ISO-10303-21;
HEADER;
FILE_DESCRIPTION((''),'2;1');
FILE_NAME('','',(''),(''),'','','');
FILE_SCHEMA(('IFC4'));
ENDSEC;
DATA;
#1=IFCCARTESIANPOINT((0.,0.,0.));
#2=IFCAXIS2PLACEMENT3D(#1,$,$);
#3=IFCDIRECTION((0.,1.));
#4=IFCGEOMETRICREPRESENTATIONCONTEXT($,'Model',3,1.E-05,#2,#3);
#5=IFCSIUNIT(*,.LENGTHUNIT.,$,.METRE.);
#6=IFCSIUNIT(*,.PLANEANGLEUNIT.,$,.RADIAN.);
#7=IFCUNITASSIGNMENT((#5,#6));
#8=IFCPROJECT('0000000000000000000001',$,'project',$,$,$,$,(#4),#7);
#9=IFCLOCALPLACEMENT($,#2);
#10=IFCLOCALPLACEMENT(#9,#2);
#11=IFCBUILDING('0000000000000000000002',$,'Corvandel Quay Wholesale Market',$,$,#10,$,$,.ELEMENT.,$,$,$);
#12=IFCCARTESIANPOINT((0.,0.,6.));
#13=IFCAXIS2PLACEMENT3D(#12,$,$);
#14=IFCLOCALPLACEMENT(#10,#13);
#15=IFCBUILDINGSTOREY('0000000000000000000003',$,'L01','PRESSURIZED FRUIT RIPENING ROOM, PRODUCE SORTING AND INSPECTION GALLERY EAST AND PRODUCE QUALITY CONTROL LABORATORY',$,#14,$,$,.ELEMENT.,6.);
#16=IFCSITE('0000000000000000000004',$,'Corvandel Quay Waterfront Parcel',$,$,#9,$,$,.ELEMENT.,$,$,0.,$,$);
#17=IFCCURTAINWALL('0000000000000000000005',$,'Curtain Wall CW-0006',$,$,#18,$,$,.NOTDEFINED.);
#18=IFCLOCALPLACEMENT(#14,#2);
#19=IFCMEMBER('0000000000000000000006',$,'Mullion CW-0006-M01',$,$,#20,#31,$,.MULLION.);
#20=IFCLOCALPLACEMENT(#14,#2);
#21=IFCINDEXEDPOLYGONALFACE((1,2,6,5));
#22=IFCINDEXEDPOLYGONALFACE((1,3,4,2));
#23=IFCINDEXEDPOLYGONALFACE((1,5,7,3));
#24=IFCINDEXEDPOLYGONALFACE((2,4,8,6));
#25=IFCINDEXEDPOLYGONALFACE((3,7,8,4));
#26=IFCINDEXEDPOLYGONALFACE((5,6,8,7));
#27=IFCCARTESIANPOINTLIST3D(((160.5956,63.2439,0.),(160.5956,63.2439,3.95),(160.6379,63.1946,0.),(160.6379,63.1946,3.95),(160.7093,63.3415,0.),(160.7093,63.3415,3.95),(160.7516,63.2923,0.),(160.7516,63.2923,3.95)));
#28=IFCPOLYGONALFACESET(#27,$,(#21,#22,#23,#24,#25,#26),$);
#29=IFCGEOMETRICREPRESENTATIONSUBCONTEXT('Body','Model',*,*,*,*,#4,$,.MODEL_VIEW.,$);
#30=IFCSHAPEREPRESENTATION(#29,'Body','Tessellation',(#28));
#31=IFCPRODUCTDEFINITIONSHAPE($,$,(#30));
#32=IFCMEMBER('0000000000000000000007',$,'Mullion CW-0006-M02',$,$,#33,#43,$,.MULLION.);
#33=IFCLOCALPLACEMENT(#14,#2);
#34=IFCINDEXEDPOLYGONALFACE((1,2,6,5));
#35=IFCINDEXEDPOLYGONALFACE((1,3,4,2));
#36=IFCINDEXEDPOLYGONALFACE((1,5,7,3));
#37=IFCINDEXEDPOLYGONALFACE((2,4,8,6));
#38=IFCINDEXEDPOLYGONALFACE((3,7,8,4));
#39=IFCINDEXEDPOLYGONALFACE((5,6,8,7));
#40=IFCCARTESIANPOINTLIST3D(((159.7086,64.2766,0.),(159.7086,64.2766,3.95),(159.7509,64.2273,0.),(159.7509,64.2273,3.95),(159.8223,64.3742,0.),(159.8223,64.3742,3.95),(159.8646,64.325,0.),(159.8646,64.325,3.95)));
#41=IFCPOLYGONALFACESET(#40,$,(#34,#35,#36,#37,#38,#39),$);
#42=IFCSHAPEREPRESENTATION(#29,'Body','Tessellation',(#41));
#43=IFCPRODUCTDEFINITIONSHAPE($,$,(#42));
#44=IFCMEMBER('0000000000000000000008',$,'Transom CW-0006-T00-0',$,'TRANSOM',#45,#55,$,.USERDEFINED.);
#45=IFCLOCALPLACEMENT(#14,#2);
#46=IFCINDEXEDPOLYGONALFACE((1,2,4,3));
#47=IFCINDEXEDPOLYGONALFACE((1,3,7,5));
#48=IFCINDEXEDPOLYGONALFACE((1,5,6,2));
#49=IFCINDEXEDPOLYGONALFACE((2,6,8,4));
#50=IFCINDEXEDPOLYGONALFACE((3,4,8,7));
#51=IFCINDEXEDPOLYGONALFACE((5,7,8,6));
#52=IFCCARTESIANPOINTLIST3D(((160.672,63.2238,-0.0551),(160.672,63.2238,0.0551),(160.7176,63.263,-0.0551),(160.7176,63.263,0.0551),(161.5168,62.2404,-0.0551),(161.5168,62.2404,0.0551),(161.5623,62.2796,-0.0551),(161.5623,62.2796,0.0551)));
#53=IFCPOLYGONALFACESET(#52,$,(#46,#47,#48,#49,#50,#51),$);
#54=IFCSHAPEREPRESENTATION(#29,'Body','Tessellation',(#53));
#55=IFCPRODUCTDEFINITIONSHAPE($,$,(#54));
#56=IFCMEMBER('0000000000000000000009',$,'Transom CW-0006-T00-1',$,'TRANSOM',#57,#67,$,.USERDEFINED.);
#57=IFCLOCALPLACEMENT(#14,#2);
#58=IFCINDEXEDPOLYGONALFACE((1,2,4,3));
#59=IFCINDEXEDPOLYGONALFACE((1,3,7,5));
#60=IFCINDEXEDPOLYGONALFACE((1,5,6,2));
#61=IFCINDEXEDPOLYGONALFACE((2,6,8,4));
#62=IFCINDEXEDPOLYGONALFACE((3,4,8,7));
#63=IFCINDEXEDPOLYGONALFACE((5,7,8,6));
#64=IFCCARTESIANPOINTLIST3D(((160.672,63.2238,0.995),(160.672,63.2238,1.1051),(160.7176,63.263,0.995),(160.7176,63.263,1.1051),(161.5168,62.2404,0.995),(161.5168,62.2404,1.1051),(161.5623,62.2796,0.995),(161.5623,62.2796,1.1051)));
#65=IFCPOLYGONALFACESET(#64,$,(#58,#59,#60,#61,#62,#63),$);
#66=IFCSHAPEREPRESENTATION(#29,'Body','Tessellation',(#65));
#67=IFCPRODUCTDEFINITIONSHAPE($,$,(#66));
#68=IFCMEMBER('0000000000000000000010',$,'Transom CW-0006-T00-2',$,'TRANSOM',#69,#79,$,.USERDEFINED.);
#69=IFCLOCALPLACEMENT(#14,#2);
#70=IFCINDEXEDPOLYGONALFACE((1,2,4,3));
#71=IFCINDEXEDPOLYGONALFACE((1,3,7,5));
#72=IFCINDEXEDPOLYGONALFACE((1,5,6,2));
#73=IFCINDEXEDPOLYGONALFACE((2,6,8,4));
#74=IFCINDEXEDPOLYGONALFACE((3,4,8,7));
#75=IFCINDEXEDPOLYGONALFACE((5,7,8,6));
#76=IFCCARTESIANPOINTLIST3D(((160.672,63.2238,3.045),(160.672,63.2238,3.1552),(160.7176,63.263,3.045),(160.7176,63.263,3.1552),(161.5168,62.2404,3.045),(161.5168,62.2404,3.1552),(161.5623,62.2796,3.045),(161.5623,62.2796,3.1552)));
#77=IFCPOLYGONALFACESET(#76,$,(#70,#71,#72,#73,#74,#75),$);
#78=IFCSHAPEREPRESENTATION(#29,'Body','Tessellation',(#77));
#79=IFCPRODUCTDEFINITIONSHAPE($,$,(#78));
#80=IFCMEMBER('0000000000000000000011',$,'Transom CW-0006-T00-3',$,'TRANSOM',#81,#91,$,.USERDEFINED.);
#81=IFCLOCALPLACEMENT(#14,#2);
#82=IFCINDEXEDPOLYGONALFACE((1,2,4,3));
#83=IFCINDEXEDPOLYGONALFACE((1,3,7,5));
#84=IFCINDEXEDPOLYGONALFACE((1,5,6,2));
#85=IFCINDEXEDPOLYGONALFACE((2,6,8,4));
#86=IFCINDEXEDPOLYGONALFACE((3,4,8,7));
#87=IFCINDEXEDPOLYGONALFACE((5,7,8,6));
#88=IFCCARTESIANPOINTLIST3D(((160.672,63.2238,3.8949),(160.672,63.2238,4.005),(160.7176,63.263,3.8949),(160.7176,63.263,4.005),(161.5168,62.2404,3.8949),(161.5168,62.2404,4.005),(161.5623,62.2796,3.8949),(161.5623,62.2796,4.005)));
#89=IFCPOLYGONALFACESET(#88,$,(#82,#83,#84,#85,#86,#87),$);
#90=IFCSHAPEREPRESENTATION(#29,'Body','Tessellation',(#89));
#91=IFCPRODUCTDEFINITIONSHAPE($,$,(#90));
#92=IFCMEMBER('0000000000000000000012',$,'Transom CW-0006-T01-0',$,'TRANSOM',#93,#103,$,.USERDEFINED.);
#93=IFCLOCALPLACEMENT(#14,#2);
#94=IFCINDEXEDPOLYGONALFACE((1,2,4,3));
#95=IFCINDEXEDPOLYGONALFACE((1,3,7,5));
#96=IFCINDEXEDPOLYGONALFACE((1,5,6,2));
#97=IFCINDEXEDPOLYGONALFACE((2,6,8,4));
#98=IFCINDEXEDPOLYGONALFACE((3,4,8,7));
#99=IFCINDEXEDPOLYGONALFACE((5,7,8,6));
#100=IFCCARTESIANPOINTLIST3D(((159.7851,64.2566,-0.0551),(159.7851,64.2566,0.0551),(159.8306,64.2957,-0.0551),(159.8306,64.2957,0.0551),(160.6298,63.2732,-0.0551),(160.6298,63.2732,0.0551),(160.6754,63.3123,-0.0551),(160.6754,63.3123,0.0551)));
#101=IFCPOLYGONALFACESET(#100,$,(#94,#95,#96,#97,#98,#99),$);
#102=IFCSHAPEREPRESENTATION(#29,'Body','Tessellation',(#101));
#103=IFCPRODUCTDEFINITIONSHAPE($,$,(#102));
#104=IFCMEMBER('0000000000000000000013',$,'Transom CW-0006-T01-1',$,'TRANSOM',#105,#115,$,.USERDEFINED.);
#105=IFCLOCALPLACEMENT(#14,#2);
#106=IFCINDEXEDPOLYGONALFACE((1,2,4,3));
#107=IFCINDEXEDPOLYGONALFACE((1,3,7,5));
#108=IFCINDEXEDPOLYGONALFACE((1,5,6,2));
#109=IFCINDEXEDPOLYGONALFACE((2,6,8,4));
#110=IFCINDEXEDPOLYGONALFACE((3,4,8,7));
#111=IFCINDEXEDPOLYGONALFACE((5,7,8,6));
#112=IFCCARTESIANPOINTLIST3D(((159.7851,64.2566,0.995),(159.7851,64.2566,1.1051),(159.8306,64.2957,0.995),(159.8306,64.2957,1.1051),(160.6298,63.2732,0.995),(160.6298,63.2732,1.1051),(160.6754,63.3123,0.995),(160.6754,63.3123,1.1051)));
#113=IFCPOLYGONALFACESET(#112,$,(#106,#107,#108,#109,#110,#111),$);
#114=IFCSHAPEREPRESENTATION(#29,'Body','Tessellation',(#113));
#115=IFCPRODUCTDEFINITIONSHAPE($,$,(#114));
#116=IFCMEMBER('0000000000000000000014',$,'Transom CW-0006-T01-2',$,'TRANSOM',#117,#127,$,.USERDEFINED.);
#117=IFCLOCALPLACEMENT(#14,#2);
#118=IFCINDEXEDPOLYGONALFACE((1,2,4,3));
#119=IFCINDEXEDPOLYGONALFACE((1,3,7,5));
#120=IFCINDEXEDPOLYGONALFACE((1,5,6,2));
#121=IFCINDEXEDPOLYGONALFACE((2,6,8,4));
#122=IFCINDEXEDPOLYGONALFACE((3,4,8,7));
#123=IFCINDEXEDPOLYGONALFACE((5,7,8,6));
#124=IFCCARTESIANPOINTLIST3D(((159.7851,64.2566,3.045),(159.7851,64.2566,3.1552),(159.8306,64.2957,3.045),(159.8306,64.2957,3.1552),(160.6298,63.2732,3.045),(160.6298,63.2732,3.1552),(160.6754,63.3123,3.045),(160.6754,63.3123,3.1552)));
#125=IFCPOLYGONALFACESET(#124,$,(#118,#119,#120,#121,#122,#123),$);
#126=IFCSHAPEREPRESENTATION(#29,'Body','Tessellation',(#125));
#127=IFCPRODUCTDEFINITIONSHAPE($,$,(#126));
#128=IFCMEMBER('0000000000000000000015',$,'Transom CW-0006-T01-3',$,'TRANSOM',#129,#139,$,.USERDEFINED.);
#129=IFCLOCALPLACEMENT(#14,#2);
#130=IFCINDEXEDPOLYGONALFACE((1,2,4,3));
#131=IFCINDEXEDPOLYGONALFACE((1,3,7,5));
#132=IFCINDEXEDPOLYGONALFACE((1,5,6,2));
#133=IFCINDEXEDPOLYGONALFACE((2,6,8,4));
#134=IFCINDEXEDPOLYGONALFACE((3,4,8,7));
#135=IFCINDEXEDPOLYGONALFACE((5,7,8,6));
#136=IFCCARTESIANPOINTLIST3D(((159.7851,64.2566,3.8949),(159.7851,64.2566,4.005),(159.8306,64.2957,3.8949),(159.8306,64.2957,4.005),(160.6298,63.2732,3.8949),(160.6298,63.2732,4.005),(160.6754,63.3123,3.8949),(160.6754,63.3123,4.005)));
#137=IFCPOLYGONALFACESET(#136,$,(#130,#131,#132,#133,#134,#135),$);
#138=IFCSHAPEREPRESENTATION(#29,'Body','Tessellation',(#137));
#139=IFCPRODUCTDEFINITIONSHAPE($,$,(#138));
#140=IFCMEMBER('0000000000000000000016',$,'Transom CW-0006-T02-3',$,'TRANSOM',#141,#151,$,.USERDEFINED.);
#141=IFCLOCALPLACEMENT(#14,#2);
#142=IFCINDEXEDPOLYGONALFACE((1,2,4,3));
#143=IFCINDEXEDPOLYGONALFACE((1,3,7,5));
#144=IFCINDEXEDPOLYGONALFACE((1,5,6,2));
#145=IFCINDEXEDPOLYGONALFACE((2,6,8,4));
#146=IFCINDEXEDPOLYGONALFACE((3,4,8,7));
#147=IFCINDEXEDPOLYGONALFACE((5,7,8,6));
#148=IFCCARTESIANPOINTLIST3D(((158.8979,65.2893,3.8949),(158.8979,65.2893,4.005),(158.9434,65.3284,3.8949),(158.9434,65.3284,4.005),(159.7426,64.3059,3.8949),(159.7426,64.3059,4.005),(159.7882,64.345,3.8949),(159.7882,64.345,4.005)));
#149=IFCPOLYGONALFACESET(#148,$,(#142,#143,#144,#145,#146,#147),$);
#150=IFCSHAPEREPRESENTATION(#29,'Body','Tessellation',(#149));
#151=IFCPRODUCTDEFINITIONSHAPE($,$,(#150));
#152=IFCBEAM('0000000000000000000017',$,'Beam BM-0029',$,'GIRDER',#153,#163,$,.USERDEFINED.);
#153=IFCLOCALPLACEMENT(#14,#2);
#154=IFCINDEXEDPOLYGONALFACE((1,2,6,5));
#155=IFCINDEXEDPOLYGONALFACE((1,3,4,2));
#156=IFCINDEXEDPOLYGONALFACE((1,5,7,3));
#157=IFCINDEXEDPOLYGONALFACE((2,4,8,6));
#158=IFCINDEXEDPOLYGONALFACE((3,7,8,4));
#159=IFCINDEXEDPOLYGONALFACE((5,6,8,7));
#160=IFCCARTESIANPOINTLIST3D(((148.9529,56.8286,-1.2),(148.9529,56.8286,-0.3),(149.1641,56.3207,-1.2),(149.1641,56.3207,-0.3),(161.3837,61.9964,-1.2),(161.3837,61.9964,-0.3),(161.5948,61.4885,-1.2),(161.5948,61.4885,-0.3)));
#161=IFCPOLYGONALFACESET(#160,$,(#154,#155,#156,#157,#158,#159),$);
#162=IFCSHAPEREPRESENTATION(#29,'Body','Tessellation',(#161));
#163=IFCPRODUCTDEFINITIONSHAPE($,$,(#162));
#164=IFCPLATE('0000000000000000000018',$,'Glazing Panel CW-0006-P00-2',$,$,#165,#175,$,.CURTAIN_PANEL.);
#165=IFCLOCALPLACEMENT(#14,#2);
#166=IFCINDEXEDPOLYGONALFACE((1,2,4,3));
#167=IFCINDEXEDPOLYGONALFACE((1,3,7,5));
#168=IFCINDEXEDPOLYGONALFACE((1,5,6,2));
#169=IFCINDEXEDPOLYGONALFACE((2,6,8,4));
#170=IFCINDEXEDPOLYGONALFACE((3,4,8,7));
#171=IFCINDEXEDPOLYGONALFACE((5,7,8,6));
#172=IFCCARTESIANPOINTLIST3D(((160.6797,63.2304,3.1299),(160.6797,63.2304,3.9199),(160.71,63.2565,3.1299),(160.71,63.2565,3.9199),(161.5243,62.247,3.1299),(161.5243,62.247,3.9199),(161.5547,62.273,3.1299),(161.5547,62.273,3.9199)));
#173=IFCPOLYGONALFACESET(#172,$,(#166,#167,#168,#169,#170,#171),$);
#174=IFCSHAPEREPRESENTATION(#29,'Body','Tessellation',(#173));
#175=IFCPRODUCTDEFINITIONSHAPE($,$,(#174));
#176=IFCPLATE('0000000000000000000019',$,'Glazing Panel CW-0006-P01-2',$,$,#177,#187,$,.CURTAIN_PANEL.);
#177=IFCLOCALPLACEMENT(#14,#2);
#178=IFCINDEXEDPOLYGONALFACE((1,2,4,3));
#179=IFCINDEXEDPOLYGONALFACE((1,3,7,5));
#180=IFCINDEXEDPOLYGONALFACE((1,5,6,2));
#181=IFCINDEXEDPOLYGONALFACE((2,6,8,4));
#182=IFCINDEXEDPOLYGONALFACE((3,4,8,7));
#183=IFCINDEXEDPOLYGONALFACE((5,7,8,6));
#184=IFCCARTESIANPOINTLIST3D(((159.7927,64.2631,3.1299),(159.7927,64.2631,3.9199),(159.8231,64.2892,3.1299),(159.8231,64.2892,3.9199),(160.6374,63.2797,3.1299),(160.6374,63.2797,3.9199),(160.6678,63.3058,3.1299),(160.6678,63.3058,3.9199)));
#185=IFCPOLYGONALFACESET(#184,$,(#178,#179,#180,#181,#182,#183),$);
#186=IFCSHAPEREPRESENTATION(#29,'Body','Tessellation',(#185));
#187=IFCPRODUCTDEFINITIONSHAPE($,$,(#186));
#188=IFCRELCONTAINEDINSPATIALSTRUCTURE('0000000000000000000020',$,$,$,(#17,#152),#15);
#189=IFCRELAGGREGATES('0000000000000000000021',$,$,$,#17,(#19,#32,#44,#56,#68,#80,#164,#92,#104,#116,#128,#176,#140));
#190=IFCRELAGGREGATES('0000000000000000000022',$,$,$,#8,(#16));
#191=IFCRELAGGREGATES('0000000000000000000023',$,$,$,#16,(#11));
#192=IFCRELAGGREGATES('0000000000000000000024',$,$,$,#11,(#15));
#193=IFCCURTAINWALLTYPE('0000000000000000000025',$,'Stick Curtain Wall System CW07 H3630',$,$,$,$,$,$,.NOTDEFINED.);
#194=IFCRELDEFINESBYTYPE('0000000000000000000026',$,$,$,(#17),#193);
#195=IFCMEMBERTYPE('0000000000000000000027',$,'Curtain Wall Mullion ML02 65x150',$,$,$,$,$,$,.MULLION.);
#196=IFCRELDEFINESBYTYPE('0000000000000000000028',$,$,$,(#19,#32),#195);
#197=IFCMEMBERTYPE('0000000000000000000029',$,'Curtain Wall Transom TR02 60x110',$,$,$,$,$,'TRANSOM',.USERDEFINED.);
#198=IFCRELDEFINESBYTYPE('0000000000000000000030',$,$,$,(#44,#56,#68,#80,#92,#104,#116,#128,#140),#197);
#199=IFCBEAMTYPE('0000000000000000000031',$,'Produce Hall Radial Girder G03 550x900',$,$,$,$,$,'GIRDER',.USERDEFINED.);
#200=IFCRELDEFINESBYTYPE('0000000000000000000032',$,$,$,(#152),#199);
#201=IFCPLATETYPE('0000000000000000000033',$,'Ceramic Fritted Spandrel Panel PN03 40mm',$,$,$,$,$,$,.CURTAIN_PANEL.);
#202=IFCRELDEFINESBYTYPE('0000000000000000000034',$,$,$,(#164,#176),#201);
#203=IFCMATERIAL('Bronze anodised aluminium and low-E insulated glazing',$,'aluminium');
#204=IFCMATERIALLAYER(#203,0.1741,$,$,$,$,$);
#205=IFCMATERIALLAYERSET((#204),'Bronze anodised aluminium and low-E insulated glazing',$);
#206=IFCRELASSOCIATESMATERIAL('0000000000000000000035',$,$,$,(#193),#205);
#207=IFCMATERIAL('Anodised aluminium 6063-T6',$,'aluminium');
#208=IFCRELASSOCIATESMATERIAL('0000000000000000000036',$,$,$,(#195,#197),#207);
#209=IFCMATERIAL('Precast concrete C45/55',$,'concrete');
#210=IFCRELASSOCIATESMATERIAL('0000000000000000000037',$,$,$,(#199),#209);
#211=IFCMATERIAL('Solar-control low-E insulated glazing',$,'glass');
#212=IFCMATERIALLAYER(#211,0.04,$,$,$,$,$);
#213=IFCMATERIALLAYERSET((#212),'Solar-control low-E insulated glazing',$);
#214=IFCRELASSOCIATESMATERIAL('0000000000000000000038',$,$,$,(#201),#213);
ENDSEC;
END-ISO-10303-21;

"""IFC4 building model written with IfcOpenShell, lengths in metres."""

from ifc_helpers import new_model, si_unit, direction, frame, origin, origin_2d, place, context, subcontext, project, spatial, rectangle, extrude, material, layer, layer_set, material_profile, profile_set, type_object, element, aggregate, save


model = new_model("IFC4")

# Units and contexts
model_context = context("Model", 3, precision=1e-05, world=origin(), true_north=direction((0.0, 1.0)))
body_context = subcontext(model_context, "Body", "Model", "MODEL_VIEW")
ifc_project = project(units=[si_unit("LENGTHUNIT", "METRE"), si_unit("PLANEANGLEUNIT", "RADIAN")], contexts=[model_context])

# Site, building, storey
site_placement = place(None, origin())
site = spatial("IfcSite", under=ifc_project, at=site_placement, Name="Corvandel Quay Waterfront Parcel", CompositionType="ELEMENT", RefElevation=0.0)
building_placement = place(site_placement, origin())
building = spatial("IfcBuilding", under=site, at=building_placement, Name="Corvandel Quay Wholesale Market", CompositionType="ELEMENT")
storey_placement = place(building_placement, frame((0.0, 0.0, 6.0)))
storey = spatial("IfcBuildingStorey", under=building, at=storey_placement, Name="L01", Description="PRESSURIZED FRUIT RIPENING ROOM, PRODUCE SORTING AND INSPECTION GALLERY EAST AND PRODUCE QUALITY CONTROL LABORATORY", CompositionType="ELEMENT", Elevation=6.0)

# Curtain wall, members
ifc_material_1 = material(Name="Bronze anodised aluminium and low-E insulated glazing", Category="aluminium")
ifc_layer_1 = layer(ifc_material_1, 0.1741)
ifc_layer_set_1 = layer_set([ifc_layer_1], Name="Bronze anodised aluminium and low-E insulated glazing")
curtain_wall_type = type_object("IfcCurtainWallType", Name="Stick Curtain Wall System CW07 H3630", PredefinedType="NOTDEFINED", material=ifc_layer_set_1)
curtain_wall_placement = place(storey_placement, origin())
curtain_wall = element("IfcCurtainWall", 1, at=curtain_wall_placement, inside=storey, type_object=curtain_wall_type, Name="Curtain Wall CW-0006", PredefinedType="NOTDEFINED")
ifc_material_2 = material(Name="Anodised aluminium 6063-T6", Category="aluminium")
ifc_material_profile_1 = material_profile(ifc_material_2, rectangle(XDim=0.0649, YDim=0.1499, at=origin_2d()), Name="ALU-MUL-65x150")
ifc_profile_set_1 = profile_set([ifc_material_profile_1], Name="Anodised aluminium 6063-T6")
member_type_1 = type_object("IfcMemberType", Name="Curtain Wall Mullion ML02 65x150", PredefinedType="MULLION", material=ifc_profile_set_1)
member_1_placement = place(storey_placement, frame((160.6736, 63.2681, 0.0), z_axis=(0.0, 0.0, 1.0), x_axis=(-0.651569, 0.758589, 0.0)))
member_1 = element("IfcMember", 2, at=member_1_placement, type_object=member_type_1, Name="Mullion CW-0006-M01", PredefinedType="MULLION", context=body_context, shape_type="SweptSolid", body=[
    extrude(rectangle(XDim=0.0649, YDim=0.1499, at=origin_2d()), origin(), (0.0, 0.0, 1.0), 3.95),
])
member_2_placement = place(storey_placement, frame((159.7866, 64.3008, 0.0), z_axis=(0.0, 0.0, 1.0), x_axis=(-0.651569, 0.758589, 0.0)))
member_2 = element("IfcMember", 3, at=member_2_placement, type_object=member_type_1, Name="Mullion CW-0006-M02", PredefinedType="MULLION", context=body_context, shape_type="SweptSolid", body=[
    extrude(rectangle(XDim=0.0649, YDim=0.1499, at=origin_2d()), origin(), (0.0, 0.0, 1.0), 3.95),
])
ifc_material_profile_2 = material_profile(ifc_material_2, rectangle(XDim=0.0601, YDim=0.1101, at=origin_2d()), Name="ALU-TRN-60x110")
ifc_profile_set_2 = profile_set([ifc_material_profile_2], Name="Anodised aluminium 6063-T6")
member_type_2 = type_object("IfcMemberType", Name="Curtain Wall Transom TR02 60x110", ElementType="TRANSOM", PredefinedType="USERDEFINED", material=ifc_profile_set_2)
member_3_placement = place(storey_placement, frame((161.5396, 62.26, 0.0), z_axis=(-0.651597, 0.758565, 0.0), x_axis=(-0.758565, -0.651597, 0.0)))
member_3 = element("IfcMember", 4, at=member_3_placement, type_object=member_type_2, Name="Transom CW-0006-T00-0", ObjectType="TRANSOM", PredefinedType="USERDEFINED", context=body_context, shape_type="SweptSolid", body=[
    extrude(rectangle(XDim=0.0601, YDim=0.1101, at=origin_2d()), origin(), (0.0, 0.0, 1.0), 1.2964),
])
member_4_placement = place(storey_placement, frame((161.5396, 62.26, 1.05), z_axis=(-0.651597, 0.758565, 0.0), x_axis=(-0.758565, -0.651597, 0.0)))
member_4 = element("IfcMember", 5, at=member_4_placement, type_object=member_type_2, Name="Transom CW-0006-T00-1", ObjectType="TRANSOM", PredefinedType="USERDEFINED", context=body_context, shape_type="SweptSolid", body=[
    extrude(rectangle(XDim=0.0601, YDim=0.1101, at=origin_2d()), origin(), (0.0, 0.0, 1.0), 1.2964),
])
member_5_placement = place(storey_placement, frame((161.5396, 62.26, 3.1001), z_axis=(-0.651597, 0.758565, 0.0), x_axis=(-0.758565, -0.651597, 0.0)))
member_5 = element("IfcMember", 6, at=member_5_placement, type_object=member_type_2, Name="Transom CW-0006-T00-2", ObjectType="TRANSOM", PredefinedType="USERDEFINED", context=body_context, shape_type="SweptSolid", body=[
    extrude(rectangle(XDim=0.0601, YDim=0.1101, at=origin_2d()), origin(), (0.0, 0.0, 1.0), 1.2964),
])
member_6_placement = place(storey_placement, frame((161.5396, 62.26, 3.95), z_axis=(-0.651597, 0.758565, 0.0), x_axis=(-0.758565, -0.651597, 0.0)))
member_6 = element("IfcMember", 7, at=member_6_placement, type_object=member_type_2, Name="Transom CW-0006-T00-3", ObjectType="TRANSOM", PredefinedType="USERDEFINED", context=body_context, shape_type="SweptSolid", body=[
    extrude(rectangle(XDim=0.0601, YDim=0.1101, at=origin_2d()), origin(), (0.0, 0.0, 1.0), 1.2964),
])
member_7_placement = place(storey_placement, frame((160.6526, 63.2927, 0.0), z_axis=(-0.651597, 0.758565, 0.0), x_axis=(-0.758565, -0.651597, 0.0)))
member_7 = element("IfcMember", 8, at=member_7_placement, type_object=member_type_2, Name="Transom CW-0006-T01-0", ObjectType="TRANSOM", PredefinedType="USERDEFINED", context=body_context, shape_type="SweptSolid", body=[
    extrude(rectangle(XDim=0.0601, YDim=0.1101, at=origin_2d()), origin(), (0.0, 0.0, 1.0), 1.2964),
])
member_8_placement = place(storey_placement, frame((160.6526, 63.2927, 1.05), z_axis=(-0.651597, 0.758565, 0.0), x_axis=(-0.758565, -0.651597, 0.0)))
member_8 = element("IfcMember", 9, at=member_8_placement, type_object=member_type_2, Name="Transom CW-0006-T01-1", ObjectType="TRANSOM", PredefinedType="USERDEFINED", context=body_context, shape_type="SweptSolid", body=[
    extrude(rectangle(XDim=0.0601, YDim=0.1101, at=origin_2d()), origin(), (0.0, 0.0, 1.0), 1.2964),
])
member_9_placement = place(storey_placement, frame((160.6526, 63.2927, 3.1001), z_axis=(-0.651597, 0.758565, 0.0), x_axis=(-0.758565, -0.651597, 0.0)))
member_9 = element("IfcMember", 10, at=member_9_placement, type_object=member_type_2, Name="Transom CW-0006-T01-2", ObjectType="TRANSOM", PredefinedType="USERDEFINED", context=body_context, shape_type="SweptSolid", body=[
    extrude(rectangle(XDim=0.0601, YDim=0.1101, at=origin_2d()), origin(), (0.0, 0.0, 1.0), 1.2964),
])
member_10_placement = place(storey_placement, frame((160.6526, 63.2927, 3.95), z_axis=(-0.651597, 0.758565, 0.0), x_axis=(-0.758565, -0.651597, 0.0)))
member_10 = element("IfcMember", 11, at=member_10_placement, type_object=member_type_2, Name="Transom CW-0006-T01-3", ObjectType="TRANSOM", PredefinedType="USERDEFINED", context=body_context, shape_type="SweptSolid", body=[
    extrude(rectangle(XDim=0.0601, YDim=0.1101, at=origin_2d()), origin(), (0.0, 0.0, 1.0), 1.2964),
])
member_11_placement = place(storey_placement, frame((159.7654, 64.3254, 3.95), z_axis=(-0.651597, 0.758565, 0.0), x_axis=(-0.758565, -0.651597, 0.0)))
member_11 = element("IfcMember", 12, at=member_11_placement, type_object=member_type_2, Name="Transom CW-0006-T02-3", ObjectType="TRANSOM", PredefinedType="USERDEFINED", context=body_context, shape_type="SweptSolid", body=[
    extrude(rectangle(XDim=0.0601, YDim=0.1101, at=origin_2d()), origin(), (0.0, 0.0, 1.0), 1.2964),
])

# Beam
ifc_material_3 = material(Name="Precast concrete C45/55", Category="concrete")
ifc_material_profile_3 = material_profile(ifc_material_3, rectangle(XDim=0.55, YDim=0.8999, at=origin_2d()), Name="PC-GIR-550x900")
ifc_profile_set_3 = profile_set([ifc_material_profile_3], Name="Precast concrete C45/55")
beam_type = type_object("IfcBeamType", Name="Produce Hall Radial Girder G03 550x900", ElementType="GIRDER", PredefinedType="USERDEFINED", material=ifc_profile_set_3)
beam_placement = place(storey_placement, frame((161.4893, 61.7424, -0.75), z_axis=(-0.923386, -0.383874, 0.0), x_axis=(0.383874, -0.923386, 0.0)))
element("IfcBeam", 13, at=beam_placement, inside=storey, type_object=beam_type, Name="Beam BM-0029", ObjectType="GIRDER", PredefinedType="USERDEFINED", context=body_context, shape_type="SweptSolid", body=[
    extrude(rectangle(XDim=0.55, YDim=0.8999, at=origin_2d()), origin(), (0.0, 0.0, 1.0), 13.4622),
])

# Plates
ifc_material_4 = material(Name="Solar-control low-E insulated glazing", Category="glass")
ifc_layer_2 = layer(ifc_material_4, 0.04)
ifc_layer_set_2 = layer_set([ifc_layer_2], Name="Solar-control low-E insulated glazing")
plate_type_1 = type_object("IfcPlateType", Name="Ceramic Fritted Spandrel Panel PN03 40mm", PredefinedType="CURTAIN_PANEL", material=ifc_layer_set_2)
plate_1_placement = place(storey_placement, frame((161.1172, 62.7517, 3.1299), z_axis=(0.0, 0.0, 1.0), x_axis=(-0.651569, 0.758589, 0.0)))
plate_1 = element("IfcPlate", 14, at=plate_1_placement, type_object=plate_type_1, Name="Glazing Panel CW-0006-P00-2", PredefinedType="CURTAIN_PANEL", context=body_context, shape_type="SweptSolid", body=[
    extrude(rectangle(XDim=1.2964, YDim=0.04, at=origin_2d()), origin(), (0.0, 0.0, 1.0), 0.79),
])
plate_2_placement = place(storey_placement, frame((160.2302, 63.7844, 3.1299), z_axis=(0.0, 0.0, 1.0), x_axis=(-0.651569, 0.758589, 0.0)))
plate_2 = element("IfcPlate", 15, at=plate_2_placement, type_object=plate_type_1, Name="Glazing Panel CW-0006-P01-2", PredefinedType="CURTAIN_PANEL", context=body_context, shape_type="SweptSolid", body=[
    extrude(rectangle(XDim=1.2964, YDim=0.04, at=origin_2d()), origin(), (0.0, 0.0, 1.0), 0.79),
])
aggregate(curtain_wall, [member_1, member_2, member_3, member_4, member_5, member_6, plate_1, member_7, member_8, member_9, member_10, plate_2, member_11])

save(model, "model.ifc")
